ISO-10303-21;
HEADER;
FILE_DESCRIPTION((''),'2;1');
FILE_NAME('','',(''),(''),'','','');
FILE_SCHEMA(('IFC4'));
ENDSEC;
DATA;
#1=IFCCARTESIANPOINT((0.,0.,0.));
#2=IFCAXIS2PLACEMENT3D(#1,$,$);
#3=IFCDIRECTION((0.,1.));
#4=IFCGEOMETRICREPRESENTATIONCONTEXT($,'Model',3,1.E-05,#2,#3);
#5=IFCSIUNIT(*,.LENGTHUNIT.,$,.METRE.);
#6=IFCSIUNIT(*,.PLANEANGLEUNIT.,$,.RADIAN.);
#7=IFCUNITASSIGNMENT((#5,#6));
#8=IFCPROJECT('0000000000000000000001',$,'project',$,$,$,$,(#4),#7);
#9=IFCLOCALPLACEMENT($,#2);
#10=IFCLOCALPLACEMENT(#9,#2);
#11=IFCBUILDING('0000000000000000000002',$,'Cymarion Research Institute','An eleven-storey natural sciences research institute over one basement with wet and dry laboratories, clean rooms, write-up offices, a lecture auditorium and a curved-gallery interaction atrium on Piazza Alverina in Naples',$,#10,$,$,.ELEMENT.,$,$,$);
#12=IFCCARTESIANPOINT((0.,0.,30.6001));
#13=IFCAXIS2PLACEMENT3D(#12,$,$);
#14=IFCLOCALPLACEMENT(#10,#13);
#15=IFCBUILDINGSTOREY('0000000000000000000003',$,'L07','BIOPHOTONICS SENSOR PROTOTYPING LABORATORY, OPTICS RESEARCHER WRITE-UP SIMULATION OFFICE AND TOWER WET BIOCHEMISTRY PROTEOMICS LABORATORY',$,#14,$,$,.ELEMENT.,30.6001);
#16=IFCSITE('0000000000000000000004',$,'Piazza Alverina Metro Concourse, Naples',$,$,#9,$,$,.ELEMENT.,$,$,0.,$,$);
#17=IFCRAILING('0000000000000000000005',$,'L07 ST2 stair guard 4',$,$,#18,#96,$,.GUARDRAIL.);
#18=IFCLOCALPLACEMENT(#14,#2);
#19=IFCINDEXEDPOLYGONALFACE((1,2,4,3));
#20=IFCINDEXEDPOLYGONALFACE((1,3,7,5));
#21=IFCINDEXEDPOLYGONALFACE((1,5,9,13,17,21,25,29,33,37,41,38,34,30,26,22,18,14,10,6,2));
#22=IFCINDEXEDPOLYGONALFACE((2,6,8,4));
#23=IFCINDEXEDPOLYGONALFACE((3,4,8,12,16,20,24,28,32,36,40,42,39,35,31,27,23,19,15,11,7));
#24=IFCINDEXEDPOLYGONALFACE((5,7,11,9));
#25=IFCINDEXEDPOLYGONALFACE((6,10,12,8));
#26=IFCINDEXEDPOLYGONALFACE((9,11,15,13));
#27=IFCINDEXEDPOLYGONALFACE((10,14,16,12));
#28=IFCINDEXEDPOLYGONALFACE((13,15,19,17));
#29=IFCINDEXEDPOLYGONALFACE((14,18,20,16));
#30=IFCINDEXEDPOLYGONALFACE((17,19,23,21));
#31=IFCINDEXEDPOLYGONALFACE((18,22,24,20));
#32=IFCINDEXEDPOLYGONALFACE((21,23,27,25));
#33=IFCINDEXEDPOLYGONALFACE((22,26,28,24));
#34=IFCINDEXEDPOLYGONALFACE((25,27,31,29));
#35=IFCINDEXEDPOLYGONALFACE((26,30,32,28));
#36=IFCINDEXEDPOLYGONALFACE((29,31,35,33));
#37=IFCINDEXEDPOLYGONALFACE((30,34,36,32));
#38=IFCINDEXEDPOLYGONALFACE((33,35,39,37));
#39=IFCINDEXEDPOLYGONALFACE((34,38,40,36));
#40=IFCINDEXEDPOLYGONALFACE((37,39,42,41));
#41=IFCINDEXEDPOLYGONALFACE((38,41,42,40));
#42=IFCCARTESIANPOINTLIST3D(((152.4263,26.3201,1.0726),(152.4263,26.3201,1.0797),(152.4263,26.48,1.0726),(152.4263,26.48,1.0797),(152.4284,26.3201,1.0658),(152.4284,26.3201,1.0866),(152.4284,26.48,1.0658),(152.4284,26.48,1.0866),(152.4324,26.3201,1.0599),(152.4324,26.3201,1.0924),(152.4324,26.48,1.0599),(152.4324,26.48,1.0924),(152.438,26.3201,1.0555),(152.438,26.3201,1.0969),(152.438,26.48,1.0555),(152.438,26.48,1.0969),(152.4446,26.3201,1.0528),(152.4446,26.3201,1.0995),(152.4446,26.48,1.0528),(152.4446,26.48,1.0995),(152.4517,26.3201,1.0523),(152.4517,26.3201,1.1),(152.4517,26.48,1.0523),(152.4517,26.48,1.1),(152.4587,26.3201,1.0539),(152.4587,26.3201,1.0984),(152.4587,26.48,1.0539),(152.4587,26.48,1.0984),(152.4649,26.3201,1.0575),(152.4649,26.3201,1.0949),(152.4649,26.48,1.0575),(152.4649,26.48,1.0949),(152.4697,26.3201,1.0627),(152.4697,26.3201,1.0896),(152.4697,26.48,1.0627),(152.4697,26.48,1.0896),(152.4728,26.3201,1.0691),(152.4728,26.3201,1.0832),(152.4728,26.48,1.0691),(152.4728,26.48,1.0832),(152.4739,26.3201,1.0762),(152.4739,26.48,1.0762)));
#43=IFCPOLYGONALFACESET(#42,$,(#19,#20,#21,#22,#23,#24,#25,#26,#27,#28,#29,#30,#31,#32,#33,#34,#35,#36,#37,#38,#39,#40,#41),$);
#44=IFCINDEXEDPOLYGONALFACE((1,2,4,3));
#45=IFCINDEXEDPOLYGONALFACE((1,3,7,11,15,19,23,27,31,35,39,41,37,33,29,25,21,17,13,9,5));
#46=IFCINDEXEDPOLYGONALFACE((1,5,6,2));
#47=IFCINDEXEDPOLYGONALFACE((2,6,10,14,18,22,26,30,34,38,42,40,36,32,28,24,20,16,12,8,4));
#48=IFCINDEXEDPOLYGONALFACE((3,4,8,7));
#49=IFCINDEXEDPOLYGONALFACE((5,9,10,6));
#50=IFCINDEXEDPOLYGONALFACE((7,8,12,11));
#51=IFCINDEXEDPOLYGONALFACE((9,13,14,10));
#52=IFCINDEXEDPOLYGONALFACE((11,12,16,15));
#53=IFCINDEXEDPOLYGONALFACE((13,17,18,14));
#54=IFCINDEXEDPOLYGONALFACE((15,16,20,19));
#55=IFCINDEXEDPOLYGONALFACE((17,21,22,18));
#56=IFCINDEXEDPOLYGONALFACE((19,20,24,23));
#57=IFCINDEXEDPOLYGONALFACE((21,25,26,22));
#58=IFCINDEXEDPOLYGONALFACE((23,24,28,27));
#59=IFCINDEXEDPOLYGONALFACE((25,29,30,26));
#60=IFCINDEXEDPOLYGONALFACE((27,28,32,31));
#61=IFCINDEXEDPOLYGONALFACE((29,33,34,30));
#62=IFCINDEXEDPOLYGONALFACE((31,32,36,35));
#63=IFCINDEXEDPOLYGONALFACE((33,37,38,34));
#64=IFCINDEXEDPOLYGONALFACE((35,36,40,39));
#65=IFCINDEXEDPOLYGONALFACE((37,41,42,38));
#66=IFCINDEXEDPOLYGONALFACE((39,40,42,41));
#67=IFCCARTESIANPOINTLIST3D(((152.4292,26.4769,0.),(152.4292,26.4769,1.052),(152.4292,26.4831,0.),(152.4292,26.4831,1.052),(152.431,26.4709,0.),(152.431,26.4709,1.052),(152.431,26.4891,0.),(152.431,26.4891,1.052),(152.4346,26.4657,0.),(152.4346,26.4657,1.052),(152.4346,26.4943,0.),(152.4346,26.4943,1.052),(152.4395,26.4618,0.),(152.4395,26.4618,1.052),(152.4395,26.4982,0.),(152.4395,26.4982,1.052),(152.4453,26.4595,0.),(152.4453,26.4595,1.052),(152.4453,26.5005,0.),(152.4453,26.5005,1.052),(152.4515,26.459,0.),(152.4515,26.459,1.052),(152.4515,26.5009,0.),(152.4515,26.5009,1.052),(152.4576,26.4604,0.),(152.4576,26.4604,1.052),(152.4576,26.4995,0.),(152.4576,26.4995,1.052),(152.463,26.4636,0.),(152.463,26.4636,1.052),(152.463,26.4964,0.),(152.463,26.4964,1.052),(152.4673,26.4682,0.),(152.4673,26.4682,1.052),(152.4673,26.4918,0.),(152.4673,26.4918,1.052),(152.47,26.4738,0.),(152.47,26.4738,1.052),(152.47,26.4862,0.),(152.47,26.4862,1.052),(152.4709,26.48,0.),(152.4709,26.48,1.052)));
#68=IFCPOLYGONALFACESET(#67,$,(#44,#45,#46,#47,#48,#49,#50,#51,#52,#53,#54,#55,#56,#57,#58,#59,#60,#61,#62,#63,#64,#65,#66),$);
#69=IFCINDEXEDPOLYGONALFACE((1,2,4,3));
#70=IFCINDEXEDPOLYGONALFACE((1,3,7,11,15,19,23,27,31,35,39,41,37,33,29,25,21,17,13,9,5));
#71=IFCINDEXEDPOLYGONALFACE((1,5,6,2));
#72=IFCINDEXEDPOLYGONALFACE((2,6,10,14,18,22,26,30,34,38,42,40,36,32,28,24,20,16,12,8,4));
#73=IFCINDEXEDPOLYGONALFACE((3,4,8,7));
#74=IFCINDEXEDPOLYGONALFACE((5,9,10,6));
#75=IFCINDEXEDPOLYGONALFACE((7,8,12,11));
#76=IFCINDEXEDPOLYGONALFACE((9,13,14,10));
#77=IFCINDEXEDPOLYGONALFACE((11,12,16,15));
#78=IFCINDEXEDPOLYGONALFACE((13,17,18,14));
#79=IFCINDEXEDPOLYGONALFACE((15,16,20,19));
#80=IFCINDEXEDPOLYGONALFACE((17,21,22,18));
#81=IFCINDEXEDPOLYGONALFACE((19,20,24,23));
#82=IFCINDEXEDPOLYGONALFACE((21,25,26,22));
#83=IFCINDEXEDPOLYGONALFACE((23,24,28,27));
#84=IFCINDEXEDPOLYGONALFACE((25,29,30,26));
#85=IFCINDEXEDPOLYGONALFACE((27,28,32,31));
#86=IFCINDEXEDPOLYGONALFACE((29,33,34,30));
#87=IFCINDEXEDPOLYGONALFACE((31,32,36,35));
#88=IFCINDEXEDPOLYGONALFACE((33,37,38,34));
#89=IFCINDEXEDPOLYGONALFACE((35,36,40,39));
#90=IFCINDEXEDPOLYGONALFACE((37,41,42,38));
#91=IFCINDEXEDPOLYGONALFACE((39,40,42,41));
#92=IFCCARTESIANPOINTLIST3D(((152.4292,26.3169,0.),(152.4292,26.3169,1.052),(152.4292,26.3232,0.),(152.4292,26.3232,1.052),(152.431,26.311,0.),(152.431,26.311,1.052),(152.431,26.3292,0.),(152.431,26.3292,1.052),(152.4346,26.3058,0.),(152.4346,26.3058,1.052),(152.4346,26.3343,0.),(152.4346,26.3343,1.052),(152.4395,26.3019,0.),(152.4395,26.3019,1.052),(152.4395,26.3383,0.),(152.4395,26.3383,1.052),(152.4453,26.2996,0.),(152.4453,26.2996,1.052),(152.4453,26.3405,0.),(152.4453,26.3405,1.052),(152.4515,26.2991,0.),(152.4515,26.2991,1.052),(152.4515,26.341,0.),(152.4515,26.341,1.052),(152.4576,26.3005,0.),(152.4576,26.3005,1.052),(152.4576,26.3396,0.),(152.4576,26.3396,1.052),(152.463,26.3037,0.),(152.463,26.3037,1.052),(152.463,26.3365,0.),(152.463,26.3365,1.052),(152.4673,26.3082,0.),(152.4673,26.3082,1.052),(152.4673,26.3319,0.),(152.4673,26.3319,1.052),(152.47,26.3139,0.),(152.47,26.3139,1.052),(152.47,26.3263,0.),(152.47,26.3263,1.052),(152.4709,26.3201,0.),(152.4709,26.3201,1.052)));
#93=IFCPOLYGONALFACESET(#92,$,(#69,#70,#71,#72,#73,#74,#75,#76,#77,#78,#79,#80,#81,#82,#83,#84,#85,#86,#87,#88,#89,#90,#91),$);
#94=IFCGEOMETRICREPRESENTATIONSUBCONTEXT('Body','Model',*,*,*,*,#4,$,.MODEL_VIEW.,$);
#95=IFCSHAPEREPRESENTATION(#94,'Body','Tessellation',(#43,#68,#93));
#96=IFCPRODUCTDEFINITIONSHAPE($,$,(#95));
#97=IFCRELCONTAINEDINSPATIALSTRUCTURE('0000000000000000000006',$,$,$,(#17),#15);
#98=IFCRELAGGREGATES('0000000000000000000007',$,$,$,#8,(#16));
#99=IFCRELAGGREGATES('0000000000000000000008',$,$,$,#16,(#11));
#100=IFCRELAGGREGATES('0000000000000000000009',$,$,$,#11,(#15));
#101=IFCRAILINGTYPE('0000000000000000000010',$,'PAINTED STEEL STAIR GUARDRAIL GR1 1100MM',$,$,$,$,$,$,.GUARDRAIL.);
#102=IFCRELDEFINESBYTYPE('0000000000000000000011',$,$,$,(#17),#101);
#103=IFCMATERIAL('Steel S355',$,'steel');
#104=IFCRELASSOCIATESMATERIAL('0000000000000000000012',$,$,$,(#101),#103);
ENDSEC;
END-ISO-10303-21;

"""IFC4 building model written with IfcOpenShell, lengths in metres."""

from ifc_helpers import new_model, si_unit, direction, frame, origin, origin_2d, place, context, subcontext, project, spatial, circle, extrude, material, type_object, element, save


model = new_model("IFC4")

# Units and contexts
model_context = context("Model", 3, precision=1e-05, world=origin(), true_north=direction((0.0, 1.0)))
body_context = subcontext(model_context, "Body", "Model", "MODEL_VIEW")
ifc_project = project(units=[si_unit("LENGTHUNIT", "METRE"), si_unit("PLANEANGLEUNIT", "RADIAN")], contexts=[model_context])

# Site, building, storey
site_placement = place(None, origin())
site = spatial("IfcSite", under=ifc_project, at=site_placement, Name="Piazza Alverina Metro Concourse, Naples", CompositionType="ELEMENT", RefElevation=0.0)
building_placement = place(site_placement, origin())
building = spatial("IfcBuilding", under=site, at=building_placement, Name="Cymarion Research Institute", Description="An eleven-storey natural sciences research institute over one basement with wet and dry laboratories, clean rooms, write-up offices, a lecture auditorium and a curved-gallery interaction atrium on Piazza Alverina in Naples", CompositionType="ELEMENT")
storey_placement = place(building_placement, frame((0.0, 0.0, 30.6001)))
storey = spatial("IfcBuildingStorey", under=building, at=storey_placement, Name="L07", Description="BIOPHOTONICS SENSOR PROTOTYPING LABORATORY, OPTICS RESEARCHER WRITE-UP SIMULATION OFFICE AND TOWER WET BIOCHEMISTRY PROTEOMICS LABORATORY", CompositionType="ELEMENT", Elevation=30.6001)

# Shared definitions
ifc_material_1 = material(Name="Steel S355", Category="steel")

# Railing
railing_type_1 = type_object("IfcRailingType", Name="PAINTED STEEL STAIR GUARDRAIL GR1 1100MM", PredefinedType="GUARDRAIL", material=ifc_material_1)
railing_1_placement = place(storey_placement, frame((152.45, 26.48, 0.0)))
element("IfcRailing", 1, at=railing_1_placement, inside=storey, type_object=railing_type_1, Name="L07 ST2 stair guard 4", PredefinedType="GUARDRAIL", context=body_context, shape_type="SweptSolid", body=[
    extrude(circle(Radius=0.0239, at=origin_2d()), frame((0.0, 0.0, 1.0762), z_axis=(0.0, -1.0, 0.0), x_axis=(1.0, 0.0, 0.0)), (0.0, 0.0, 1.0), 0.1599),
    extrude(circle(Radius=0.021, at=origin_2d()), origin(), (0.0, 0.0, 1.0), 1.052),
    extrude(circle(Radius=0.021, at=origin_2d()), frame((0.0, -0.1599, 0.0)), (0.0, 0.0, 1.0), 1.052),
])

save(model, "model.ifc")
